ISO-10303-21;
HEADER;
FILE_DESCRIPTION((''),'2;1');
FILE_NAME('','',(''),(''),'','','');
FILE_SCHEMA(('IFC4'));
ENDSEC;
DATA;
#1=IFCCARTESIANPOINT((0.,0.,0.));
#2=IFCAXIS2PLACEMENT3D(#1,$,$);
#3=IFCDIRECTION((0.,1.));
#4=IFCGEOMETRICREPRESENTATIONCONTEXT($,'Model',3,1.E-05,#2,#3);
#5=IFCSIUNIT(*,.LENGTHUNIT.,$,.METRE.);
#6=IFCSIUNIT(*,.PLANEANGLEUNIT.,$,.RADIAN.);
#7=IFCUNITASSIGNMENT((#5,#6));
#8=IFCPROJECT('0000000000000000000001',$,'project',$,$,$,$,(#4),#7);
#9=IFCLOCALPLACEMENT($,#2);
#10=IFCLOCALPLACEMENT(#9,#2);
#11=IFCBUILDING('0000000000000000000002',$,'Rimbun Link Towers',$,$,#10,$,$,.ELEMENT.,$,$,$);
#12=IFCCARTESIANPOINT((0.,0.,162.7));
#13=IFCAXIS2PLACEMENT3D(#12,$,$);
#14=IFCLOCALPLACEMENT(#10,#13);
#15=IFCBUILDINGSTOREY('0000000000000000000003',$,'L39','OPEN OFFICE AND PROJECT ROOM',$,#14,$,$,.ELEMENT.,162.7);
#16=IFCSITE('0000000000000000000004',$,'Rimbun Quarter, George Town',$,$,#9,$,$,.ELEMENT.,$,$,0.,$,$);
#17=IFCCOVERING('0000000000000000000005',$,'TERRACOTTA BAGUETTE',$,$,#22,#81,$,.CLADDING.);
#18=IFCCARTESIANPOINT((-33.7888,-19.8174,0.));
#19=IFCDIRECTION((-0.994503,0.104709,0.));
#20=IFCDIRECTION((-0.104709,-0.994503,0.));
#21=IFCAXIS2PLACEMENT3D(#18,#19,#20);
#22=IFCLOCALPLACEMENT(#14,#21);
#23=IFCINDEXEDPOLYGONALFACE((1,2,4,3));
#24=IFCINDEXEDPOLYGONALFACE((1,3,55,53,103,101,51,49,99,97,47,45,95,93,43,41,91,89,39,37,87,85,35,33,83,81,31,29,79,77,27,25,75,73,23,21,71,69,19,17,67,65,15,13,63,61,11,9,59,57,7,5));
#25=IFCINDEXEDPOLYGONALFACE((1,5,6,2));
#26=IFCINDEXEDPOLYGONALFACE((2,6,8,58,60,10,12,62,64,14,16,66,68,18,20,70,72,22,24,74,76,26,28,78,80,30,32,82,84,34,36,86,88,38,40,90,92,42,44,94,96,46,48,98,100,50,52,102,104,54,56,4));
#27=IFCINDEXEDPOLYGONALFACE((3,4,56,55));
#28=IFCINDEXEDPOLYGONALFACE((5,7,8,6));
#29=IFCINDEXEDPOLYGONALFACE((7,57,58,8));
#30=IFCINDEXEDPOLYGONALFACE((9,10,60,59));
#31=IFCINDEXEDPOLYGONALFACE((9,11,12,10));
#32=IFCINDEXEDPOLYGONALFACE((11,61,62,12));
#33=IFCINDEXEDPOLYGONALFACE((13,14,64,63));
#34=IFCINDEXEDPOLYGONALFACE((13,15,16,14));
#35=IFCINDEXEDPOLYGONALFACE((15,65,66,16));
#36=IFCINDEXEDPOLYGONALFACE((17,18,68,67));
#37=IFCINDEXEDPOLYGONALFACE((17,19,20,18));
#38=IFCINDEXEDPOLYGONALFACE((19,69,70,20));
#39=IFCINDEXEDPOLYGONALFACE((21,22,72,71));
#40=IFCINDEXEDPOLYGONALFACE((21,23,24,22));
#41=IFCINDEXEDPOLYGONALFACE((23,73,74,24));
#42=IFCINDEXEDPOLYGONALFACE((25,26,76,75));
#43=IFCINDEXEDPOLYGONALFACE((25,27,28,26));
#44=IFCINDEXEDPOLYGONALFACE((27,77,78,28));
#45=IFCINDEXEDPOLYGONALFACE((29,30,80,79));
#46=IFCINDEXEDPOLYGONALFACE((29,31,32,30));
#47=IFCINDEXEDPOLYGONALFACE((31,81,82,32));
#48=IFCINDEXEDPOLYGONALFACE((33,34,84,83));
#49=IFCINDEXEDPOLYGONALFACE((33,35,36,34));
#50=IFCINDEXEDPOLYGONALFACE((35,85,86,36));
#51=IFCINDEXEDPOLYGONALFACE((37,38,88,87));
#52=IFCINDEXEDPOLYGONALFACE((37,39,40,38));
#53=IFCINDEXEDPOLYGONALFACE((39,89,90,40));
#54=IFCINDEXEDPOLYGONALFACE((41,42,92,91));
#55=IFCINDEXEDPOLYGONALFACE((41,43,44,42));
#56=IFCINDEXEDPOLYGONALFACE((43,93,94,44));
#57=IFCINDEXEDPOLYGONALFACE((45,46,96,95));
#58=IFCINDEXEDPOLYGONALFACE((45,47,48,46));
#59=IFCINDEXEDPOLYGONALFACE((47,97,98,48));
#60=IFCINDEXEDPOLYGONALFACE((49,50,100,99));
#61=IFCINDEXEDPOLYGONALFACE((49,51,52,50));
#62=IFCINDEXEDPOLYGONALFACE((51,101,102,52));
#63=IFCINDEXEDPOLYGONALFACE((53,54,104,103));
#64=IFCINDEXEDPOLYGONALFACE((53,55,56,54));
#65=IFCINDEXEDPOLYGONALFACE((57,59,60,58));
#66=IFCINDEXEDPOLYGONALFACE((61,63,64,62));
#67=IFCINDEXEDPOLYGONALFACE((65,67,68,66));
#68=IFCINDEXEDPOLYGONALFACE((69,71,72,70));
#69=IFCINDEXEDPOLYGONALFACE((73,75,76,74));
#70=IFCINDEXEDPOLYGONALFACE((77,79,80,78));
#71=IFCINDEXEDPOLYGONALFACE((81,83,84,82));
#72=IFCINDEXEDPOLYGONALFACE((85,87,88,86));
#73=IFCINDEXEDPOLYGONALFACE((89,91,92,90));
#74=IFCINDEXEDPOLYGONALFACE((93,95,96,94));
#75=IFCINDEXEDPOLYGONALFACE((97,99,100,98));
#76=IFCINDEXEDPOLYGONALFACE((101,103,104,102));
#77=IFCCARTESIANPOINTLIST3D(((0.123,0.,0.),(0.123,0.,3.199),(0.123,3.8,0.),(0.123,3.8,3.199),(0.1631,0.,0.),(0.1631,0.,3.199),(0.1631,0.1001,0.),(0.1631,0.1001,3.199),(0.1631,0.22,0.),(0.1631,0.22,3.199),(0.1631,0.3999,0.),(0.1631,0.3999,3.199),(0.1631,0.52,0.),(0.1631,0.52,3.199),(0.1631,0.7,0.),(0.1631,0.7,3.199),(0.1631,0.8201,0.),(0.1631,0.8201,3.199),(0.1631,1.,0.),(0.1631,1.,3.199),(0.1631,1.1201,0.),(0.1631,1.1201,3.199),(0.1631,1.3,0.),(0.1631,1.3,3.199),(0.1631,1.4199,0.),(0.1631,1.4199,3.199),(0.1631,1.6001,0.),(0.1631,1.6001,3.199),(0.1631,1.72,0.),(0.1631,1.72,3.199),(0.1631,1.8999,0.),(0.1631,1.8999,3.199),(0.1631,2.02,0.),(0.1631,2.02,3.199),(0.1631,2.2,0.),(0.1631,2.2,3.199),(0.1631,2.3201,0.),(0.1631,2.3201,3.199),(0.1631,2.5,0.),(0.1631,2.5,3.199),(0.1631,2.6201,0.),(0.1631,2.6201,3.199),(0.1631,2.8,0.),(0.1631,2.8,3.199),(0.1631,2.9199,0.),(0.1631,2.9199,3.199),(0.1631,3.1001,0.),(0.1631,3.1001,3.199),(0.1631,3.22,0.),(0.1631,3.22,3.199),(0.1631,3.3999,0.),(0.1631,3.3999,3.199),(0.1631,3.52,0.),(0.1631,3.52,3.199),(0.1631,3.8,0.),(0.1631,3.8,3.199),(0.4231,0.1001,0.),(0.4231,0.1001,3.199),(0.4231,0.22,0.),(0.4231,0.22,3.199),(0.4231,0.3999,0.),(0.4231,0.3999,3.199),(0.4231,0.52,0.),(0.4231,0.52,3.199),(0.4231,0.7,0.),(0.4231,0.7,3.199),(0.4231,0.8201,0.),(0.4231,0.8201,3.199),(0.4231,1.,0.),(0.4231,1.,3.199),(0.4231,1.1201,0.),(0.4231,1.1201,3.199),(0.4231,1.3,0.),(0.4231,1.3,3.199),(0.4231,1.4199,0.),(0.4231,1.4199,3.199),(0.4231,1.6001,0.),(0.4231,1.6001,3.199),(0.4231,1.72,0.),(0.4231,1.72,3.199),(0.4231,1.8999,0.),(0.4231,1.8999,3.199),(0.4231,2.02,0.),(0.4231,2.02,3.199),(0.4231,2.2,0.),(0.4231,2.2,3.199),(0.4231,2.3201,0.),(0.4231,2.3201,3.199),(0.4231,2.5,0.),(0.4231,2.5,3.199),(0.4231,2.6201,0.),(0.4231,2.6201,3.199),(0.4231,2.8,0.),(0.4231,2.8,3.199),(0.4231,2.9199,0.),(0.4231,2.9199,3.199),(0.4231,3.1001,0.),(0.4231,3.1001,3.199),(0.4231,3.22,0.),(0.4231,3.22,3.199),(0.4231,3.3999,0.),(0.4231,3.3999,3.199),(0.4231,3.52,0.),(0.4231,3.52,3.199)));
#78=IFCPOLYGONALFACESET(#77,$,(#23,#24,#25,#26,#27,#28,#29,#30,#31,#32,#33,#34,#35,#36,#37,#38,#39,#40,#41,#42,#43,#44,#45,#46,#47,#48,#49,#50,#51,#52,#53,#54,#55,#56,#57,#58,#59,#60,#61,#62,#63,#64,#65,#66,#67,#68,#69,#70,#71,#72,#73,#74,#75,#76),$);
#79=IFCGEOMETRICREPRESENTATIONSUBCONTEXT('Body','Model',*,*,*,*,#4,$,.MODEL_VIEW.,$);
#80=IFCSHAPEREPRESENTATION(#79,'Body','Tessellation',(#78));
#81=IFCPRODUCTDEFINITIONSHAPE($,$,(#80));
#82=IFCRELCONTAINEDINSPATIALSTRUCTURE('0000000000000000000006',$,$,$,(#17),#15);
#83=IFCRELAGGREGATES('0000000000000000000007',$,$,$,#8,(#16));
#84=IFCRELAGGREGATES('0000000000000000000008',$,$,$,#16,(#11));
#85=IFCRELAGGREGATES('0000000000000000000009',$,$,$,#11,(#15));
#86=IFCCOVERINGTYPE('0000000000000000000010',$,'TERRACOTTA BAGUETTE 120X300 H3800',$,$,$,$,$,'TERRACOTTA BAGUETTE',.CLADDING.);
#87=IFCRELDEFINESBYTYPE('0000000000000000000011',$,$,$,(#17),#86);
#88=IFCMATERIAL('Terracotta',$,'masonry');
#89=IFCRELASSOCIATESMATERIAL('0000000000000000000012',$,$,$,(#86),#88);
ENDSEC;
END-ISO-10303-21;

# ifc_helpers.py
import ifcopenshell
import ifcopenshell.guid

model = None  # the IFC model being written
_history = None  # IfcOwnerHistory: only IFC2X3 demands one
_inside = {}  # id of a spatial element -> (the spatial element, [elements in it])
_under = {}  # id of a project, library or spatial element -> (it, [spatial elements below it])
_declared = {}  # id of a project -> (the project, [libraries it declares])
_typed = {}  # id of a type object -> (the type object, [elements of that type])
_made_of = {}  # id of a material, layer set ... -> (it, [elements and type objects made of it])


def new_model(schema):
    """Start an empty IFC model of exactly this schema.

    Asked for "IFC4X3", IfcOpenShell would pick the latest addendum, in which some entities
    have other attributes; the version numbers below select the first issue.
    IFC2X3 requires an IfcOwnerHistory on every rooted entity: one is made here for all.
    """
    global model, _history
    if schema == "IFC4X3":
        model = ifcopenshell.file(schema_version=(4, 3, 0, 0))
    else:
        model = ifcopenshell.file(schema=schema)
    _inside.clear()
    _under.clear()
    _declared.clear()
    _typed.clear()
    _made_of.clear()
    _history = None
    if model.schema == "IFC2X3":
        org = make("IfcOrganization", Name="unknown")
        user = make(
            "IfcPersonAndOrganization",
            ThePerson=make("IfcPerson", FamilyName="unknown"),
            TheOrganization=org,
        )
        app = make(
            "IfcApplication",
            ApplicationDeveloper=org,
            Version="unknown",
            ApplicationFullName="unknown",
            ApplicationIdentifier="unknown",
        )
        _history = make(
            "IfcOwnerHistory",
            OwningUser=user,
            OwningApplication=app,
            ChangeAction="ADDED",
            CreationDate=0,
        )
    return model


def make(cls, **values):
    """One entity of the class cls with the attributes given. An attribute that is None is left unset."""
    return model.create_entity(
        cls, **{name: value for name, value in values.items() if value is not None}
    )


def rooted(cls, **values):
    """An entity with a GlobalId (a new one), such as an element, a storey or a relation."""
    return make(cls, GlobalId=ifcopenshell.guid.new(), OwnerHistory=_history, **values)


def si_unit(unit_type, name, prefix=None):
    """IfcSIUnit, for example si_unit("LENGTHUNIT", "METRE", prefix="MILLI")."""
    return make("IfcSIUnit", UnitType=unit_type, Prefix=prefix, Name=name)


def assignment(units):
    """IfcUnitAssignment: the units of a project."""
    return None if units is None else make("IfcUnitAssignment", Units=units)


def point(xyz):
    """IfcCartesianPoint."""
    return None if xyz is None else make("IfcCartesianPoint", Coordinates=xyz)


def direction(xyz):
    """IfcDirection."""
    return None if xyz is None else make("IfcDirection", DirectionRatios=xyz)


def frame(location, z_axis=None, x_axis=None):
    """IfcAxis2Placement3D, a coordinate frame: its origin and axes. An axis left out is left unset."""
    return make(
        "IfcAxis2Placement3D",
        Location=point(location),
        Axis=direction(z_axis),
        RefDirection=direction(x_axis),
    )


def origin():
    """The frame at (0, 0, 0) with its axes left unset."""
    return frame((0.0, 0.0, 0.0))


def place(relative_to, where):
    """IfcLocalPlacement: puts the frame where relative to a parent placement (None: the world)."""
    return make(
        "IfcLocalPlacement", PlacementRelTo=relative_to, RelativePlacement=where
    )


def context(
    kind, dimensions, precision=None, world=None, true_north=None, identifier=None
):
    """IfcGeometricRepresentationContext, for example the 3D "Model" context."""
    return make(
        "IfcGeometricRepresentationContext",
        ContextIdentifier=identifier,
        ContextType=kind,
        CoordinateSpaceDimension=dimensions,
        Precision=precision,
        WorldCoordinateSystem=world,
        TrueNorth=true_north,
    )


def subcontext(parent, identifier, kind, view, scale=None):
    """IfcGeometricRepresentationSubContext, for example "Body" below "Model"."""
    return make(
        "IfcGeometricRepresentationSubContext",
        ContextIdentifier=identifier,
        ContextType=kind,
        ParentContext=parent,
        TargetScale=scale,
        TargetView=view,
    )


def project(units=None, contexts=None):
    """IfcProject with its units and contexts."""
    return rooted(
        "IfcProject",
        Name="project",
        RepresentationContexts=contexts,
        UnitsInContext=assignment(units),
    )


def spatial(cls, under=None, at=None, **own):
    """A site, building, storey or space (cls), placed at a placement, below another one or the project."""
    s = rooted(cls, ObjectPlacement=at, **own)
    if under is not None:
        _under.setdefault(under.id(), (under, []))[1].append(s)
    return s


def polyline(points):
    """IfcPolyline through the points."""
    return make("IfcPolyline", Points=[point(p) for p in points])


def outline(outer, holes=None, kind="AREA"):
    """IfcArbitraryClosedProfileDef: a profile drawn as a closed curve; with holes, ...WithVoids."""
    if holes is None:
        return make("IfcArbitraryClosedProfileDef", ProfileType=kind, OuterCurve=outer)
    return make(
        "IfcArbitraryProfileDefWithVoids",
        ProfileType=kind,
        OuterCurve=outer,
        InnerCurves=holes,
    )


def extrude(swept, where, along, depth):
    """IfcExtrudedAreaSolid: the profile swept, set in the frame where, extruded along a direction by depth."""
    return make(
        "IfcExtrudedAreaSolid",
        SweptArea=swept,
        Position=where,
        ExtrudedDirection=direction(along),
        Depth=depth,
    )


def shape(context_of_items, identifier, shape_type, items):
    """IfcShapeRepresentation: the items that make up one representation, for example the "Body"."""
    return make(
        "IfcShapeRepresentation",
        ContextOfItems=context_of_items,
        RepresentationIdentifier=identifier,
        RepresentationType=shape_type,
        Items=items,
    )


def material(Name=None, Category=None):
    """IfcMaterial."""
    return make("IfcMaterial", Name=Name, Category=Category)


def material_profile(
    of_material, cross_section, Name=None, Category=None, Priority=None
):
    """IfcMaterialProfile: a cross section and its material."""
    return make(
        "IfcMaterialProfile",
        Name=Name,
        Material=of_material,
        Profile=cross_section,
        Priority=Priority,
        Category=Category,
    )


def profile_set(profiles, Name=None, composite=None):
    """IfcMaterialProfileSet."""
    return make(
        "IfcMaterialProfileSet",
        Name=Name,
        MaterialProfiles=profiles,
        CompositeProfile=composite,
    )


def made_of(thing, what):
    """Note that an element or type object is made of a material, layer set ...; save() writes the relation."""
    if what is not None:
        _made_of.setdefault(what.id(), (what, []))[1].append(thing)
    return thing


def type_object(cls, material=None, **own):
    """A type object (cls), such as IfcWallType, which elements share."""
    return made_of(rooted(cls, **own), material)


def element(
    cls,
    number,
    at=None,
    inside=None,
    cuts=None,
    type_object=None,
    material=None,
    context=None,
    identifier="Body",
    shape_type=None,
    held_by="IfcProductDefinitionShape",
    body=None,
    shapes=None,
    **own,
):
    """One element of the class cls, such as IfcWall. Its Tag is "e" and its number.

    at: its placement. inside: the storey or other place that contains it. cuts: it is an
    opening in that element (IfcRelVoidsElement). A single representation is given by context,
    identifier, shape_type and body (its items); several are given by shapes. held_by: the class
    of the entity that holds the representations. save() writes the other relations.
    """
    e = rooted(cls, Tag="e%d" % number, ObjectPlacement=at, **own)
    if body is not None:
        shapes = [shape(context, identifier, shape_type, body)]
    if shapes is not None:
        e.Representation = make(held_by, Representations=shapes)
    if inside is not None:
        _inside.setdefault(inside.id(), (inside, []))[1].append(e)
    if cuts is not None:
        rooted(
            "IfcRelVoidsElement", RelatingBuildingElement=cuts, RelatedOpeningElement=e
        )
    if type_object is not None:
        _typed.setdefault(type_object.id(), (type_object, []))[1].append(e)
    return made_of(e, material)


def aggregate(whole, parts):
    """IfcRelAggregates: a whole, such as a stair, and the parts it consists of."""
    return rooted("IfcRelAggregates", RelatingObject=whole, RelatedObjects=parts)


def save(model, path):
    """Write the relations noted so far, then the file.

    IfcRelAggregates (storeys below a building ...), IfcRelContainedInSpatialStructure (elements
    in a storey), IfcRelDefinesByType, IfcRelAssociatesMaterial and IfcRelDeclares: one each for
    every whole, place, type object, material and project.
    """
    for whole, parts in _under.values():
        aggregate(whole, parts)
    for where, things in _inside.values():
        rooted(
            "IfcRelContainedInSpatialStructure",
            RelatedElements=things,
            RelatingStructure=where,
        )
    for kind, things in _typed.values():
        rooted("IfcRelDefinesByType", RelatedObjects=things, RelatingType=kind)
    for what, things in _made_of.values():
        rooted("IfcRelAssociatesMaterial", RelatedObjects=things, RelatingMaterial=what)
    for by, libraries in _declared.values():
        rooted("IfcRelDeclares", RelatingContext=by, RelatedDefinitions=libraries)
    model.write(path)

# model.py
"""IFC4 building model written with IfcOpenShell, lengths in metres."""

from ifc_helpers import new_model, si_unit, direction, frame, origin, place, context, subcontext, project, spatial, polyline, outline, extrude, material, material_profile, profile_set, type_object, element, save


model = new_model("IFC4")

# Units and contexts
model_context = context("Model", 3, precision=1e-05, world=origin(), true_north=direction((0.0, 1.0)))
body_context = subcontext(model_context, "Body", "Model", "MODEL_VIEW")
ifc_project = project(units=[si_unit("LENGTHUNIT", "METRE"), si_unit("PLANEANGLEUNIT", "RADIAN")], contexts=[model_context])

# Site, building, storey
site_placement = place(None, origin())
site = spatial("IfcSite", under=ifc_project, at=site_placement, Name="Rimbun Quarter, George Town", CompositionType="ELEMENT", RefElevation=0.0)
building_placement = place(site_placement, origin())
building = spatial("IfcBuilding", under=site, at=building_placement, Name="Rimbun Link Towers", CompositionType="ELEMENT")
storey_placement = place(building_placement, frame((0.0, 0.0, 162.7)))
storey = spatial("IfcBuildingStorey", under=building, at=storey_placement, Name="L39", Description="OPEN OFFICE AND PROJECT ROOM", CompositionType="ELEMENT", Elevation=162.7)

# Covering
ifc_material_1 = material(Name="Terracotta", Category="masonry")
ifc_material_profile_1 = material_profile(ifc_material_1, outline(polyline([(0.123, 0.0), (0.1631, 0.0), (0.1631, 0.1001), (0.4231, 0.1001), (0.4231, 0.22), (0.1631, 0.22), (0.1631, 0.3999), (0.4231, 0.3999), (0.4231, 0.52), (0.1631, 0.52), (0.1631, 0.7), (0.4231, 0.7), (0.4231, 0.8201), (0.1631, 0.8201), (0.1631, 1.0), (0.4231, 1.0), (0.4231, 1.1201), (0.1631, 1.1201), (0.1631, 1.3), (0.4231, 1.3), (0.4231, 1.4199), (0.1631, 1.4199), (0.1631, 1.6001), (0.4231, 1.6001), (0.4231, 1.72), (0.1631, 1.72), (0.1631, 1.8999), (0.4231, 1.8999), (0.4231, 2.02), (0.1631, 2.02), (0.1631, 2.2), (0.4231, 2.2), (0.4231, 2.3201), (0.1631, 2.3201), (0.1631, 2.5), (0.4231, 2.5), (0.4231, 2.6201), (0.1631, 2.6201), (0.1631, 2.8), (0.4231, 2.8), (0.4231, 2.9199), (0.1631, 2.9199), (0.1631, 3.1001), (0.4231, 3.1001), (0.4231, 3.22), (0.1631, 3.22), (0.1631, 3.3999), (0.4231, 3.3999), (0.4231, 3.52), (0.1631, 3.52), (0.1631, 3.8), (0.123, 3.8), (0.123, 0.0)])), Name="BAGUETTE 120X300")
ifc_profile_set_1 = profile_set([ifc_material_profile_1], Name="Terracotta")
covering_type = type_object("IfcCoveringType", Name="TERRACOTTA BAGUETTE 120X300 H3800", ElementType="TERRACOTTA BAGUETTE", PredefinedType="CLADDING", material=ifc_profile_set_1)
covering_1_placement = place(storey_placement, frame((-33.7888, -19.8174, 0.0), z_axis=(-0.994503, 0.104709, 0.0), x_axis=(-0.104709, -0.994503, 0.0)))
element("IfcCovering", 1, at=covering_1_placement, inside=storey, type_object=covering_type, Name="TERRACOTTA BAGUETTE", PredefinedType="CLADDING", context=body_context, shape_type="SweptSolid", body=[
    extrude(outline(polyline([(0.123, 0.0), (0.1631, 0.0), (0.1631, 0.1001), (0.4231, 0.1001), (0.4231, 0.22), (0.1631, 0.22), (0.1631, 0.3999), (0.4231, 0.3999), (0.4231, 0.52), (0.1631, 0.52), (0.1631, 0.7), (0.4231, 0.7), (0.4231, 0.8201), (0.1631, 0.8201), (0.1631, 1.0), (0.4231, 1.0), (0.4231, 1.1201), (0.1631, 1.1201), (0.1631, 1.3), (0.4231, 1.3), (0.4231, 1.4199), (0.1631, 1.4199), (0.1631, 1.6001), (0.4231, 1.6001), (0.4231, 1.72), (0.1631, 1.72), (0.1631, 1.8999), (0.4231, 1.8999), (0.4231, 2.02), (0.1631, 2.02), (0.1631, 2.2), (0.4231, 2.2), (0.4231, 2.3201), (0.1631, 2.3201), (0.1631, 2.5), (0.4231, 2.5), (0.4231, 2.6201), (0.1631, 2.6201), (0.1631, 2.8), (0.4231, 2.8), (0.4231, 2.9199), (0.1631, 2.9199), (0.1631, 3.1001), (0.4231, 3.1001), (0.4231, 3.22), (0.1631, 3.22), (0.1631, 3.3999), (0.4231, 3.3999), (0.4231, 3.52), (0.1631, 3.52), (0.1631, 3.8), (0.123, 3.8), (0.123, 0.0)])), origin(), (0.0, 0.0, 1.0), 3.199),
])

save(model, "model.ifc")
